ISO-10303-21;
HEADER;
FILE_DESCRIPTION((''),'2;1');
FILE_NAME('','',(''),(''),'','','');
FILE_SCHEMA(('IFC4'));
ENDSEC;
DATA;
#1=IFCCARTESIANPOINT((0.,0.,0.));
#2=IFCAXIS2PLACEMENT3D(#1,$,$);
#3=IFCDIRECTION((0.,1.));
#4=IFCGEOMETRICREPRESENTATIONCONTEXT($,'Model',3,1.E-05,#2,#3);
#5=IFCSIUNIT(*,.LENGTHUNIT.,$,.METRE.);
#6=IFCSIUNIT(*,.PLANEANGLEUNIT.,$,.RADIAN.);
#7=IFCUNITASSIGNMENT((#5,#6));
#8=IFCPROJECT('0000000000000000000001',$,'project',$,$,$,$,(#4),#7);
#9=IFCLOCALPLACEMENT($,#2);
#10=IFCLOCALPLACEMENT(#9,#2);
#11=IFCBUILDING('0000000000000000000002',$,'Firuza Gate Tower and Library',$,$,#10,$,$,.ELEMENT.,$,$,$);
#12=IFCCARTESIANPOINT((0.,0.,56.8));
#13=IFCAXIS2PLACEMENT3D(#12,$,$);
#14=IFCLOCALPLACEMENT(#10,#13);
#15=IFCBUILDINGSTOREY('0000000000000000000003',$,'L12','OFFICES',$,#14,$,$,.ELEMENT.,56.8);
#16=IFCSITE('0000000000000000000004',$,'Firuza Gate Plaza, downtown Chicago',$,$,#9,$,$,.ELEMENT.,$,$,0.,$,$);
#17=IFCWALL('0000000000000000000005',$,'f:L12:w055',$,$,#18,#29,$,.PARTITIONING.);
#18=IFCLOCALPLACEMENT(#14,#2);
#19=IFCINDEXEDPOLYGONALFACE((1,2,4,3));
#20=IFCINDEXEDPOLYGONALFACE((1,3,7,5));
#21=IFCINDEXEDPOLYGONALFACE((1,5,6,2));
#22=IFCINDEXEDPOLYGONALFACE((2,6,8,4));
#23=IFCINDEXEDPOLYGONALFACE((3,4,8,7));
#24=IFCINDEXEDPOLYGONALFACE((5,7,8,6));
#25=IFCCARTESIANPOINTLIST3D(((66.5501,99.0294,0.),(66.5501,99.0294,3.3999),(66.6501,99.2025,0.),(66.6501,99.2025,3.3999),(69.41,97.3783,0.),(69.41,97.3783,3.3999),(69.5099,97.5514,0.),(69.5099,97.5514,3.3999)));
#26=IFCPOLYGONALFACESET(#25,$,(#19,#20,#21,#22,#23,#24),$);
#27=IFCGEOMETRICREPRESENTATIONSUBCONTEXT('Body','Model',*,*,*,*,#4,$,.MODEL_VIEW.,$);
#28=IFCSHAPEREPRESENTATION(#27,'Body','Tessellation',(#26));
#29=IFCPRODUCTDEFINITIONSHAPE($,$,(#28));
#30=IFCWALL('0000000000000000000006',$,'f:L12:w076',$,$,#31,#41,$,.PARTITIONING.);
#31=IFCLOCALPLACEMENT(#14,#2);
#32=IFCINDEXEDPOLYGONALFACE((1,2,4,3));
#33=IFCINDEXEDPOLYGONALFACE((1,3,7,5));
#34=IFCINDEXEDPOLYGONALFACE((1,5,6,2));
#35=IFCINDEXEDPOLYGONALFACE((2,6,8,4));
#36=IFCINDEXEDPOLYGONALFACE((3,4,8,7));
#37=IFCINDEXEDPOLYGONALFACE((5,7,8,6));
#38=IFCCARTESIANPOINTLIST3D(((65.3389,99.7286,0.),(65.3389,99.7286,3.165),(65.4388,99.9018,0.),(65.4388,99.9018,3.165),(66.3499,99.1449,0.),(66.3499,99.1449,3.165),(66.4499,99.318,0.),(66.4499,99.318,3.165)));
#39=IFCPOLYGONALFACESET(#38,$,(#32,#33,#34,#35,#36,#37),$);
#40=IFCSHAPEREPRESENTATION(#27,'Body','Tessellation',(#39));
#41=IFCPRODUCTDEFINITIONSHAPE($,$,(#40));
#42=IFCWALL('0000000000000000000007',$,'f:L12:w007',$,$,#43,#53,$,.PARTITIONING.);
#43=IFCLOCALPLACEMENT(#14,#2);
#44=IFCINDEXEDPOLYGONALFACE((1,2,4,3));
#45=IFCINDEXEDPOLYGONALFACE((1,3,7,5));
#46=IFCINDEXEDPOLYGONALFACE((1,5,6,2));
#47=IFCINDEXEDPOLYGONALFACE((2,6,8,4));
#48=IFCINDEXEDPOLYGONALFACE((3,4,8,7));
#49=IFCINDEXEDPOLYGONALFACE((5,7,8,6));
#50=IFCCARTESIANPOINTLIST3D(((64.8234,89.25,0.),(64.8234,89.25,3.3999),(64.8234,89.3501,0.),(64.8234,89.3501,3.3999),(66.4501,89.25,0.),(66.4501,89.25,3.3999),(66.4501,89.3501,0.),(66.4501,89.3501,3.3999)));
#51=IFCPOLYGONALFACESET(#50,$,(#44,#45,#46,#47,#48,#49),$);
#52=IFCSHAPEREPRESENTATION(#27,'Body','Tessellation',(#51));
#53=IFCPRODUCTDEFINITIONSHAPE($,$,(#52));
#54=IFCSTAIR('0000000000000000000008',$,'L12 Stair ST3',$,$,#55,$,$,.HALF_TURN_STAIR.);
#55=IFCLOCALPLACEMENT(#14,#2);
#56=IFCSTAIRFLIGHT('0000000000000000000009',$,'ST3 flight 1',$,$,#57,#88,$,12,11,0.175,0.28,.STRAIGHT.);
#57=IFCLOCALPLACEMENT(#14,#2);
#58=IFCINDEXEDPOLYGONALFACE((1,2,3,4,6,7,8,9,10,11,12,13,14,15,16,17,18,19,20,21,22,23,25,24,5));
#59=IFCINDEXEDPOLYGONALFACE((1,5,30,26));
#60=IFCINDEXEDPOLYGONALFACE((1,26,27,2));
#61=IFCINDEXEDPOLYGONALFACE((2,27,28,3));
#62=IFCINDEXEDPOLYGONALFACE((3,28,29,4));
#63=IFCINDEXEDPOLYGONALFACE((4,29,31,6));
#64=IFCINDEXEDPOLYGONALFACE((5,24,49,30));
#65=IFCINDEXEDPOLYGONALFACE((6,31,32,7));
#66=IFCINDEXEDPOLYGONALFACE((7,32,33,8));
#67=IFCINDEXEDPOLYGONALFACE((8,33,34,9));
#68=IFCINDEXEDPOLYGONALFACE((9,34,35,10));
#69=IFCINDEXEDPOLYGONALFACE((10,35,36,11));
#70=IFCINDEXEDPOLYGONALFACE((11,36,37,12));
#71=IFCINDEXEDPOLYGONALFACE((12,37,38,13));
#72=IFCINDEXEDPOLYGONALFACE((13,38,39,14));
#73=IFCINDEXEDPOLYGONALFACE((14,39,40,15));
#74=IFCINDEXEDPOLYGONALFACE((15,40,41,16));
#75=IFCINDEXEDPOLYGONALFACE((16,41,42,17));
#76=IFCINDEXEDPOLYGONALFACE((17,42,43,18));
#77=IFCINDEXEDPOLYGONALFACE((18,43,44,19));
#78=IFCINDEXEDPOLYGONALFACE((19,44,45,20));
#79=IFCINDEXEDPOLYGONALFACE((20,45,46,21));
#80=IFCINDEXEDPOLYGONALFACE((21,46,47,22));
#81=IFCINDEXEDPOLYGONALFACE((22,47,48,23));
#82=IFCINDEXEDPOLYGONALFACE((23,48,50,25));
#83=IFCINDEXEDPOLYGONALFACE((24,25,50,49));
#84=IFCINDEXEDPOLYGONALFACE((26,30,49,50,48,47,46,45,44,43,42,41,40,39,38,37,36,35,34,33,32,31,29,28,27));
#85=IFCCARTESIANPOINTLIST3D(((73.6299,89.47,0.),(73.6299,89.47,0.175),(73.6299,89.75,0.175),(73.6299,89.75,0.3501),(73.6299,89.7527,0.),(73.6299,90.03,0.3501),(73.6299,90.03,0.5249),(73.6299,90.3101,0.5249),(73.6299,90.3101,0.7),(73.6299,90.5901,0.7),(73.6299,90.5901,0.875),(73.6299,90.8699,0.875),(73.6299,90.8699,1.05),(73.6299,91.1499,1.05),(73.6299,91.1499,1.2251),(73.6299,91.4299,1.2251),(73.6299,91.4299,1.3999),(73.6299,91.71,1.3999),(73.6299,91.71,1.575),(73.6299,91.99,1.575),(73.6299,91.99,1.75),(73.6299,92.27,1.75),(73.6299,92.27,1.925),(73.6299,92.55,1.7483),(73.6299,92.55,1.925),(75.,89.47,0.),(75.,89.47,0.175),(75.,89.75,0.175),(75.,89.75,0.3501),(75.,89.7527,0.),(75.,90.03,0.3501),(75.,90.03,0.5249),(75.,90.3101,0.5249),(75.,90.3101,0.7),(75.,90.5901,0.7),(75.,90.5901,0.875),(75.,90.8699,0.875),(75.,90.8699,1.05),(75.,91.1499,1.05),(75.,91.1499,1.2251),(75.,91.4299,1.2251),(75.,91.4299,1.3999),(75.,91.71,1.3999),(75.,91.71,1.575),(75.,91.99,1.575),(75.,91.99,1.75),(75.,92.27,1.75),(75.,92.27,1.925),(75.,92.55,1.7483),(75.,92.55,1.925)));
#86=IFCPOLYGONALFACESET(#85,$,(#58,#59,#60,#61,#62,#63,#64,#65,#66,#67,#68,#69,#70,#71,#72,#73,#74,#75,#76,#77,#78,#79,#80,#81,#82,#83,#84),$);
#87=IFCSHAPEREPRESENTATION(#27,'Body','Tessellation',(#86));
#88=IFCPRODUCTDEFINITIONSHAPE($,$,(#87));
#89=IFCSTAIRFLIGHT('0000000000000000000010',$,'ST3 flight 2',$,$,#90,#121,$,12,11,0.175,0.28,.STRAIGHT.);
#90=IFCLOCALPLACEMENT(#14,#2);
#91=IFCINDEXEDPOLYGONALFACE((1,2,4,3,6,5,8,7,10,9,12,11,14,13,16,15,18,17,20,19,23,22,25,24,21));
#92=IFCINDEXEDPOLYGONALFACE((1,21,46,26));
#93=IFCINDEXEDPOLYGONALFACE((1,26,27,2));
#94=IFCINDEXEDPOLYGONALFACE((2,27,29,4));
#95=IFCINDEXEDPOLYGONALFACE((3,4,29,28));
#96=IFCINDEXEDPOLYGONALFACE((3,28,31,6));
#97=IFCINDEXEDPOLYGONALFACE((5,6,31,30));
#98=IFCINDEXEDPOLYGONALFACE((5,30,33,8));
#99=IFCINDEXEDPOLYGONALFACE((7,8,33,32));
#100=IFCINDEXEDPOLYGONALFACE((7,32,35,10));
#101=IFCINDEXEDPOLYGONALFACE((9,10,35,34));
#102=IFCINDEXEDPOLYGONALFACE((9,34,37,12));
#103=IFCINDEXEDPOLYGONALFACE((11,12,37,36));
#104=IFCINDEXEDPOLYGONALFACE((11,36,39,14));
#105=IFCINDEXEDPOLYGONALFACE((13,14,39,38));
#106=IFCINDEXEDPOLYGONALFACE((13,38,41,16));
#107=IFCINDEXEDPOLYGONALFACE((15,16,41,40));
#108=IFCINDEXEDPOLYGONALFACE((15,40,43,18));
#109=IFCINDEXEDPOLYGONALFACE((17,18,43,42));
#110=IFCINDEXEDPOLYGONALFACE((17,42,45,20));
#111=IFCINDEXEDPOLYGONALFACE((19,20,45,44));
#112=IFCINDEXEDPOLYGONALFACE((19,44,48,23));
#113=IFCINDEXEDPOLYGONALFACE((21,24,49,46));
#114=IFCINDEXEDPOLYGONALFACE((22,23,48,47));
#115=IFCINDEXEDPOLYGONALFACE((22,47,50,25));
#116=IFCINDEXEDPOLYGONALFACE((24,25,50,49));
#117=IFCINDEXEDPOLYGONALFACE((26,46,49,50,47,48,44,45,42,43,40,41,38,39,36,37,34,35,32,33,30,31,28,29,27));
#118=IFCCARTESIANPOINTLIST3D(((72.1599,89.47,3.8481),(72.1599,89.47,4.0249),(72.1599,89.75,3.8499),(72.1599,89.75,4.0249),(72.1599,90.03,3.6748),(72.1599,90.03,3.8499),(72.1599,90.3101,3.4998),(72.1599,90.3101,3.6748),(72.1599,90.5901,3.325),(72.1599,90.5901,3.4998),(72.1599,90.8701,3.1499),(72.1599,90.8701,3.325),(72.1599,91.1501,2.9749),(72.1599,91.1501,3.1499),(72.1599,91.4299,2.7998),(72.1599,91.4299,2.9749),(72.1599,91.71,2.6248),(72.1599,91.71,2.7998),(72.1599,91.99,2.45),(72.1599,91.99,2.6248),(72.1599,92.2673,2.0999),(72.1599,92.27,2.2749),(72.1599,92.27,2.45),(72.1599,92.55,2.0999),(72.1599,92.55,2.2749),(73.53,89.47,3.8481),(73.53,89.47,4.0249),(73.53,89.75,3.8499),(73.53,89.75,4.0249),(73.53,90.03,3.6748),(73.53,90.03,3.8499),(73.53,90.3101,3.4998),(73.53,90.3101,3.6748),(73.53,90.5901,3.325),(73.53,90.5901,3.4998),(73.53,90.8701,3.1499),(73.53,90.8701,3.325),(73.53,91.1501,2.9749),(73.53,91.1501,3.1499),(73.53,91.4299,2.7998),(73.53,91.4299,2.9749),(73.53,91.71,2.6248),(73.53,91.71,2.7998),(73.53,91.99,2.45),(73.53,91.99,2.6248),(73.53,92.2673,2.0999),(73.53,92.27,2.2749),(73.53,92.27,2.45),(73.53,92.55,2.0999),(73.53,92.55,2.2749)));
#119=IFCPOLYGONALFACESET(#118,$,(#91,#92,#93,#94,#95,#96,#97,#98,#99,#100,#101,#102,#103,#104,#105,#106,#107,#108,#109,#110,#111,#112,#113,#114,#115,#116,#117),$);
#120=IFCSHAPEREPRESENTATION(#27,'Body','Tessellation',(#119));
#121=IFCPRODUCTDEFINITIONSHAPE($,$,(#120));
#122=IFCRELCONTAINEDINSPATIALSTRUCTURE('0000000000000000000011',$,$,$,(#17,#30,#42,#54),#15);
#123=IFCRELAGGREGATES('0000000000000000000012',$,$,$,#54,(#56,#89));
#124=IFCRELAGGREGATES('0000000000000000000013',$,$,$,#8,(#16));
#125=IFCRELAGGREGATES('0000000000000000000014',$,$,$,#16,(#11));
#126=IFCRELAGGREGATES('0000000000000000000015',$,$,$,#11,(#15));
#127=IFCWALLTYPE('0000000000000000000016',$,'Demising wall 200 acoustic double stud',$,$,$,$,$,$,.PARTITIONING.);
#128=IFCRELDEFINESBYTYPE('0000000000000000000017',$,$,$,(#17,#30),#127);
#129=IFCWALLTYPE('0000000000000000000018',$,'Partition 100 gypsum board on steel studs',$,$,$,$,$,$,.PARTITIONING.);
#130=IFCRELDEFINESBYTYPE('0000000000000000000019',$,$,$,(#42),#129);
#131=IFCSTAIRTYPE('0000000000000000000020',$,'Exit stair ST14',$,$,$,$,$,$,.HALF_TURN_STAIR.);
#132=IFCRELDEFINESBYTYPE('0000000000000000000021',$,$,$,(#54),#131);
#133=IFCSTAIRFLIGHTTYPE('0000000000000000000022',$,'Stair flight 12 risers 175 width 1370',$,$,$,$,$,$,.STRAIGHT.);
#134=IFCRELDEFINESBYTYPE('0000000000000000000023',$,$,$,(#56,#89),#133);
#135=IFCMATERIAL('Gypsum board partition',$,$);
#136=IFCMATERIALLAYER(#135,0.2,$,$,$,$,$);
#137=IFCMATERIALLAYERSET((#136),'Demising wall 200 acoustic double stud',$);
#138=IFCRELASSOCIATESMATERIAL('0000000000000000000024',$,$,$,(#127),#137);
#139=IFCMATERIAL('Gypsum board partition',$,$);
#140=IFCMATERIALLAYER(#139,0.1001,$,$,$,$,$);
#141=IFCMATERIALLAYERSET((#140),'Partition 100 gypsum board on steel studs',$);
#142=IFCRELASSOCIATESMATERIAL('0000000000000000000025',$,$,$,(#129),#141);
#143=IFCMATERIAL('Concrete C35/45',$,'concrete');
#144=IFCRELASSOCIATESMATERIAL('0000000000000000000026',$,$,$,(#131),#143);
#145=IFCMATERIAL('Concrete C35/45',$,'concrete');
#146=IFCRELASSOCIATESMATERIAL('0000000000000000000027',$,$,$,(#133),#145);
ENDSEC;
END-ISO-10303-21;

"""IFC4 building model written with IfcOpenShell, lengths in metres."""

from ifc_helpers import new_model, si_unit, direction, frame, frame_2d, origin, place, context, subcontext, project, spatial, polyline, rectangle, outline, extrude, material, layer, layer_set, type_object, element, aggregate, save


model = new_model("IFC4")

# Units and contexts
model_context = context("Model", 3, precision=1e-05, world=origin(), true_north=direction((0.0, 1.0)))
body_context = subcontext(model_context, "Body", "Model", "MODEL_VIEW")
ifc_project = project(units=[si_unit("LENGTHUNIT", "METRE"), si_unit("PLANEANGLEUNIT", "RADIAN")], contexts=[model_context])

# Site, building, storey
site_placement = place(None, origin())
site = spatial("IfcSite", under=ifc_project, at=site_placement, Name="Firuza Gate Plaza, downtown Chicago", CompositionType="ELEMENT", RefElevation=0.0)
building_placement = place(site_placement, origin())
building = spatial("IfcBuilding", under=site, at=building_placement, Name="Firuza Gate Tower and Library", CompositionType="ELEMENT")
storey_placement = place(building_placement, frame((0.0, 0.0, 56.8)))
storey = spatial("IfcBuildingStorey", under=building, at=storey_placement, Name="L12", Description="OFFICES", CompositionType="ELEMENT", Elevation=56.8)

# Shared definitions
placement = place(storey_placement, origin())

# Walls
ifc_material_1 = material(Name="Gypsum board partition")
ifc_layer_1 = layer(ifc_material_1, 0.2)
ifc_layer_set_1 = layer_set([ifc_layer_1], Name="Demising wall 200 acoustic double stud")
wall_type_1 = type_object("IfcWallType", Name="Demising wall 200 acoustic double stud", PredefinedType="PARTITIONING", material=ifc_layer_set_1)
wall_1_placement = place(storey_placement, frame((69.46, 97.4648, 0.0), z_axis=(0.0, 0.0, 1.0), x_axis=(-0.866028, 0.499996, 0.0)))
element("IfcWall", 1, at=wall_1_placement, inside=storey, type_object=wall_type_1, Name="f:L12:w055", PredefinedType="PARTITIONING", context=body_context, shape_type="SweptSolid", body=[
    extrude(rectangle(XDim=3.3022, YDim=0.2, at=frame_2d((1.6511, 0.0))), origin(), (0.0, 0.0, 1.0), 3.3999),
])
wall_2_placement = place(storey_placement, frame((66.3999, 99.2314, 0.0), z_axis=(0.0, 0.0, 1.0), x_axis=(-0.866008, 0.50003, 0.0)))
element("IfcWall", 2, at=wall_2_placement, inside=storey, type_object=wall_type_1, Name="f:L12:w076", PredefinedType="PARTITIONING", context=body_context, shape_type="SweptSolid", body=[
    extrude(rectangle(XDim=1.1675, YDim=0.2, at=frame_2d((0.5837, 0.0))), origin(), (0.0, 0.0, 1.0), 3.165),
])
ifc_material_2 = material(Name="Gypsum board partition")
ifc_layer_2 = layer(ifc_material_2, 0.1001)
ifc_layer_set_2 = layer_set([ifc_layer_2], Name="Partition 100 gypsum board on steel studs")
wall_type_2 = type_object("IfcWallType", Name="Partition 100 gypsum board on steel studs", PredefinedType="PARTITIONING", material=ifc_layer_set_2)
wall_3_placement = place(storey_placement, frame((64.8232, 89.3, 0.0), z_axis=(0.0, 0.0, 1.0), x_axis=(1.0, 0.0, 0.0)))
element("IfcWall", 3, at=wall_3_placement, inside=storey, type_object=wall_type_2, Name="f:L12:w007", PredefinedType="PARTITIONING", context=body_context, shape_type="SweptSolid", body=[
    extrude(rectangle(XDim=1.6267, YDim=0.1001, at=frame_2d((0.8135, 0.0))), origin(), (0.0, 0.0, 1.0), 3.3999),
])

# Stair, stair flights
ifc_material_3 = material(Name="Concrete C35/45", Category="concrete")
stair_type = type_object("IfcStairType", Name="Exit stair ST14", PredefinedType="HALF_TURN_STAIR", material=ifc_material_3)
stair = element("IfcStair", 4, at=placement, inside=storey, type_object=stair_type, Name="L12 Stair ST3", PredefinedType="HALF_TURN_STAIR")
ifc_material_4 = material(Name="Concrete C35/45", Category="concrete")
stair_flight_type = type_object("IfcStairFlightType", Name="Stair flight 12 risers 175 width 1370", PredefinedType="STRAIGHT", material=ifc_material_4)
stair_flight_1_placement = place(storey_placement, frame((74.3149, 89.47, 0.0), z_axis=(0.0, 0.0, 1.0), x_axis=(0.0, 1.0, 0.0)))
stair_flight_1 = element("IfcStairFlight", 5, at=stair_flight_1_placement, type_object=stair_flight_type, Name="ST3 flight 1", NumberOfRisers=12, NumberOfTreads=11, PredefinedType="STRAIGHT", RiserHeight=0.175, TreadLength=0.28, context=body_context, shape_type="SweptSolid", body=[
    extrude(outline(polyline([(0.0, 0.0), (0.0, 0.175), (0.28, 0.175), (0.28, 0.3501), (0.5601, 0.3501), (0.5601, 0.5249), (0.8401, 0.5249), (0.8401, 0.7), (1.1201, 0.7), (1.1201, 0.875), (1.3999, 0.875), (1.3999, 1.05), (1.6799, 1.05), (1.6799, 1.2251), (1.96, 1.2251), (1.96, 1.3999), (2.24, 1.3999), (2.24, 1.575), (2.52, 1.575), (2.52, 1.75), (2.8, 1.75), (2.8, 1.925), (3.0801, 1.925), (3.0801, 2.1001), (3.0801, 1.7483), (0.2827, 0.0), (0.0, 0.0)])), frame((0.0, 0.6851, 0.0), z_axis=(0.0, -1.0, 0.0), x_axis=(1.0, 0.0, 0.0)), (0.0, 0.0, 1.0), 1.3701),
])
stair_flight_2_placement = place(storey_placement, frame((72.845, 92.55, 2.0999), z_axis=(0.0, 0.0, 1.0), x_axis=(0.0, -1.0, 0.0)))
stair_flight_2 = element("IfcStairFlight", 6, at=stair_flight_2_placement, type_object=stair_flight_type, Name="ST3 flight 2", NumberOfRisers=12, NumberOfTreads=11, PredefinedType="STRAIGHT", RiserHeight=0.175, TreadLength=0.28, context=body_context, shape_type="SweptSolid", body=[
    extrude(outline(polyline([(0.0, 0.0), (0.0, 0.175), (0.28, 0.175), (0.28, 0.3501), (0.5601, 0.3501), (0.5601, 0.5249), (0.8401, 0.5249), (0.8401, 0.7), (1.1201, 0.7), (1.1201, 0.875), (1.3999, 0.875), (1.3999, 1.05), (1.6799, 1.05), (1.6799, 1.2251), (1.96, 1.2251), (1.96, 1.3999), (2.24, 1.3999), (2.24, 1.575), (2.52, 1.575), (2.52, 1.75), (2.8, 1.75), (2.8, 1.925), (3.0801, 1.925), (3.0801, 2.1001), (3.0801, 1.7483), (0.2827, 0.0), (0.0, 0.0)])), frame((0.0, 0.6851, 0.0), z_axis=(0.0, -1.0, 0.0), x_axis=(1.0, 0.0, 0.0)), (0.0, 0.0, 1.0), 1.3701),
])
aggregate(stair, [stair_flight_1, stair_flight_2])

save(model, "model.ifc")
